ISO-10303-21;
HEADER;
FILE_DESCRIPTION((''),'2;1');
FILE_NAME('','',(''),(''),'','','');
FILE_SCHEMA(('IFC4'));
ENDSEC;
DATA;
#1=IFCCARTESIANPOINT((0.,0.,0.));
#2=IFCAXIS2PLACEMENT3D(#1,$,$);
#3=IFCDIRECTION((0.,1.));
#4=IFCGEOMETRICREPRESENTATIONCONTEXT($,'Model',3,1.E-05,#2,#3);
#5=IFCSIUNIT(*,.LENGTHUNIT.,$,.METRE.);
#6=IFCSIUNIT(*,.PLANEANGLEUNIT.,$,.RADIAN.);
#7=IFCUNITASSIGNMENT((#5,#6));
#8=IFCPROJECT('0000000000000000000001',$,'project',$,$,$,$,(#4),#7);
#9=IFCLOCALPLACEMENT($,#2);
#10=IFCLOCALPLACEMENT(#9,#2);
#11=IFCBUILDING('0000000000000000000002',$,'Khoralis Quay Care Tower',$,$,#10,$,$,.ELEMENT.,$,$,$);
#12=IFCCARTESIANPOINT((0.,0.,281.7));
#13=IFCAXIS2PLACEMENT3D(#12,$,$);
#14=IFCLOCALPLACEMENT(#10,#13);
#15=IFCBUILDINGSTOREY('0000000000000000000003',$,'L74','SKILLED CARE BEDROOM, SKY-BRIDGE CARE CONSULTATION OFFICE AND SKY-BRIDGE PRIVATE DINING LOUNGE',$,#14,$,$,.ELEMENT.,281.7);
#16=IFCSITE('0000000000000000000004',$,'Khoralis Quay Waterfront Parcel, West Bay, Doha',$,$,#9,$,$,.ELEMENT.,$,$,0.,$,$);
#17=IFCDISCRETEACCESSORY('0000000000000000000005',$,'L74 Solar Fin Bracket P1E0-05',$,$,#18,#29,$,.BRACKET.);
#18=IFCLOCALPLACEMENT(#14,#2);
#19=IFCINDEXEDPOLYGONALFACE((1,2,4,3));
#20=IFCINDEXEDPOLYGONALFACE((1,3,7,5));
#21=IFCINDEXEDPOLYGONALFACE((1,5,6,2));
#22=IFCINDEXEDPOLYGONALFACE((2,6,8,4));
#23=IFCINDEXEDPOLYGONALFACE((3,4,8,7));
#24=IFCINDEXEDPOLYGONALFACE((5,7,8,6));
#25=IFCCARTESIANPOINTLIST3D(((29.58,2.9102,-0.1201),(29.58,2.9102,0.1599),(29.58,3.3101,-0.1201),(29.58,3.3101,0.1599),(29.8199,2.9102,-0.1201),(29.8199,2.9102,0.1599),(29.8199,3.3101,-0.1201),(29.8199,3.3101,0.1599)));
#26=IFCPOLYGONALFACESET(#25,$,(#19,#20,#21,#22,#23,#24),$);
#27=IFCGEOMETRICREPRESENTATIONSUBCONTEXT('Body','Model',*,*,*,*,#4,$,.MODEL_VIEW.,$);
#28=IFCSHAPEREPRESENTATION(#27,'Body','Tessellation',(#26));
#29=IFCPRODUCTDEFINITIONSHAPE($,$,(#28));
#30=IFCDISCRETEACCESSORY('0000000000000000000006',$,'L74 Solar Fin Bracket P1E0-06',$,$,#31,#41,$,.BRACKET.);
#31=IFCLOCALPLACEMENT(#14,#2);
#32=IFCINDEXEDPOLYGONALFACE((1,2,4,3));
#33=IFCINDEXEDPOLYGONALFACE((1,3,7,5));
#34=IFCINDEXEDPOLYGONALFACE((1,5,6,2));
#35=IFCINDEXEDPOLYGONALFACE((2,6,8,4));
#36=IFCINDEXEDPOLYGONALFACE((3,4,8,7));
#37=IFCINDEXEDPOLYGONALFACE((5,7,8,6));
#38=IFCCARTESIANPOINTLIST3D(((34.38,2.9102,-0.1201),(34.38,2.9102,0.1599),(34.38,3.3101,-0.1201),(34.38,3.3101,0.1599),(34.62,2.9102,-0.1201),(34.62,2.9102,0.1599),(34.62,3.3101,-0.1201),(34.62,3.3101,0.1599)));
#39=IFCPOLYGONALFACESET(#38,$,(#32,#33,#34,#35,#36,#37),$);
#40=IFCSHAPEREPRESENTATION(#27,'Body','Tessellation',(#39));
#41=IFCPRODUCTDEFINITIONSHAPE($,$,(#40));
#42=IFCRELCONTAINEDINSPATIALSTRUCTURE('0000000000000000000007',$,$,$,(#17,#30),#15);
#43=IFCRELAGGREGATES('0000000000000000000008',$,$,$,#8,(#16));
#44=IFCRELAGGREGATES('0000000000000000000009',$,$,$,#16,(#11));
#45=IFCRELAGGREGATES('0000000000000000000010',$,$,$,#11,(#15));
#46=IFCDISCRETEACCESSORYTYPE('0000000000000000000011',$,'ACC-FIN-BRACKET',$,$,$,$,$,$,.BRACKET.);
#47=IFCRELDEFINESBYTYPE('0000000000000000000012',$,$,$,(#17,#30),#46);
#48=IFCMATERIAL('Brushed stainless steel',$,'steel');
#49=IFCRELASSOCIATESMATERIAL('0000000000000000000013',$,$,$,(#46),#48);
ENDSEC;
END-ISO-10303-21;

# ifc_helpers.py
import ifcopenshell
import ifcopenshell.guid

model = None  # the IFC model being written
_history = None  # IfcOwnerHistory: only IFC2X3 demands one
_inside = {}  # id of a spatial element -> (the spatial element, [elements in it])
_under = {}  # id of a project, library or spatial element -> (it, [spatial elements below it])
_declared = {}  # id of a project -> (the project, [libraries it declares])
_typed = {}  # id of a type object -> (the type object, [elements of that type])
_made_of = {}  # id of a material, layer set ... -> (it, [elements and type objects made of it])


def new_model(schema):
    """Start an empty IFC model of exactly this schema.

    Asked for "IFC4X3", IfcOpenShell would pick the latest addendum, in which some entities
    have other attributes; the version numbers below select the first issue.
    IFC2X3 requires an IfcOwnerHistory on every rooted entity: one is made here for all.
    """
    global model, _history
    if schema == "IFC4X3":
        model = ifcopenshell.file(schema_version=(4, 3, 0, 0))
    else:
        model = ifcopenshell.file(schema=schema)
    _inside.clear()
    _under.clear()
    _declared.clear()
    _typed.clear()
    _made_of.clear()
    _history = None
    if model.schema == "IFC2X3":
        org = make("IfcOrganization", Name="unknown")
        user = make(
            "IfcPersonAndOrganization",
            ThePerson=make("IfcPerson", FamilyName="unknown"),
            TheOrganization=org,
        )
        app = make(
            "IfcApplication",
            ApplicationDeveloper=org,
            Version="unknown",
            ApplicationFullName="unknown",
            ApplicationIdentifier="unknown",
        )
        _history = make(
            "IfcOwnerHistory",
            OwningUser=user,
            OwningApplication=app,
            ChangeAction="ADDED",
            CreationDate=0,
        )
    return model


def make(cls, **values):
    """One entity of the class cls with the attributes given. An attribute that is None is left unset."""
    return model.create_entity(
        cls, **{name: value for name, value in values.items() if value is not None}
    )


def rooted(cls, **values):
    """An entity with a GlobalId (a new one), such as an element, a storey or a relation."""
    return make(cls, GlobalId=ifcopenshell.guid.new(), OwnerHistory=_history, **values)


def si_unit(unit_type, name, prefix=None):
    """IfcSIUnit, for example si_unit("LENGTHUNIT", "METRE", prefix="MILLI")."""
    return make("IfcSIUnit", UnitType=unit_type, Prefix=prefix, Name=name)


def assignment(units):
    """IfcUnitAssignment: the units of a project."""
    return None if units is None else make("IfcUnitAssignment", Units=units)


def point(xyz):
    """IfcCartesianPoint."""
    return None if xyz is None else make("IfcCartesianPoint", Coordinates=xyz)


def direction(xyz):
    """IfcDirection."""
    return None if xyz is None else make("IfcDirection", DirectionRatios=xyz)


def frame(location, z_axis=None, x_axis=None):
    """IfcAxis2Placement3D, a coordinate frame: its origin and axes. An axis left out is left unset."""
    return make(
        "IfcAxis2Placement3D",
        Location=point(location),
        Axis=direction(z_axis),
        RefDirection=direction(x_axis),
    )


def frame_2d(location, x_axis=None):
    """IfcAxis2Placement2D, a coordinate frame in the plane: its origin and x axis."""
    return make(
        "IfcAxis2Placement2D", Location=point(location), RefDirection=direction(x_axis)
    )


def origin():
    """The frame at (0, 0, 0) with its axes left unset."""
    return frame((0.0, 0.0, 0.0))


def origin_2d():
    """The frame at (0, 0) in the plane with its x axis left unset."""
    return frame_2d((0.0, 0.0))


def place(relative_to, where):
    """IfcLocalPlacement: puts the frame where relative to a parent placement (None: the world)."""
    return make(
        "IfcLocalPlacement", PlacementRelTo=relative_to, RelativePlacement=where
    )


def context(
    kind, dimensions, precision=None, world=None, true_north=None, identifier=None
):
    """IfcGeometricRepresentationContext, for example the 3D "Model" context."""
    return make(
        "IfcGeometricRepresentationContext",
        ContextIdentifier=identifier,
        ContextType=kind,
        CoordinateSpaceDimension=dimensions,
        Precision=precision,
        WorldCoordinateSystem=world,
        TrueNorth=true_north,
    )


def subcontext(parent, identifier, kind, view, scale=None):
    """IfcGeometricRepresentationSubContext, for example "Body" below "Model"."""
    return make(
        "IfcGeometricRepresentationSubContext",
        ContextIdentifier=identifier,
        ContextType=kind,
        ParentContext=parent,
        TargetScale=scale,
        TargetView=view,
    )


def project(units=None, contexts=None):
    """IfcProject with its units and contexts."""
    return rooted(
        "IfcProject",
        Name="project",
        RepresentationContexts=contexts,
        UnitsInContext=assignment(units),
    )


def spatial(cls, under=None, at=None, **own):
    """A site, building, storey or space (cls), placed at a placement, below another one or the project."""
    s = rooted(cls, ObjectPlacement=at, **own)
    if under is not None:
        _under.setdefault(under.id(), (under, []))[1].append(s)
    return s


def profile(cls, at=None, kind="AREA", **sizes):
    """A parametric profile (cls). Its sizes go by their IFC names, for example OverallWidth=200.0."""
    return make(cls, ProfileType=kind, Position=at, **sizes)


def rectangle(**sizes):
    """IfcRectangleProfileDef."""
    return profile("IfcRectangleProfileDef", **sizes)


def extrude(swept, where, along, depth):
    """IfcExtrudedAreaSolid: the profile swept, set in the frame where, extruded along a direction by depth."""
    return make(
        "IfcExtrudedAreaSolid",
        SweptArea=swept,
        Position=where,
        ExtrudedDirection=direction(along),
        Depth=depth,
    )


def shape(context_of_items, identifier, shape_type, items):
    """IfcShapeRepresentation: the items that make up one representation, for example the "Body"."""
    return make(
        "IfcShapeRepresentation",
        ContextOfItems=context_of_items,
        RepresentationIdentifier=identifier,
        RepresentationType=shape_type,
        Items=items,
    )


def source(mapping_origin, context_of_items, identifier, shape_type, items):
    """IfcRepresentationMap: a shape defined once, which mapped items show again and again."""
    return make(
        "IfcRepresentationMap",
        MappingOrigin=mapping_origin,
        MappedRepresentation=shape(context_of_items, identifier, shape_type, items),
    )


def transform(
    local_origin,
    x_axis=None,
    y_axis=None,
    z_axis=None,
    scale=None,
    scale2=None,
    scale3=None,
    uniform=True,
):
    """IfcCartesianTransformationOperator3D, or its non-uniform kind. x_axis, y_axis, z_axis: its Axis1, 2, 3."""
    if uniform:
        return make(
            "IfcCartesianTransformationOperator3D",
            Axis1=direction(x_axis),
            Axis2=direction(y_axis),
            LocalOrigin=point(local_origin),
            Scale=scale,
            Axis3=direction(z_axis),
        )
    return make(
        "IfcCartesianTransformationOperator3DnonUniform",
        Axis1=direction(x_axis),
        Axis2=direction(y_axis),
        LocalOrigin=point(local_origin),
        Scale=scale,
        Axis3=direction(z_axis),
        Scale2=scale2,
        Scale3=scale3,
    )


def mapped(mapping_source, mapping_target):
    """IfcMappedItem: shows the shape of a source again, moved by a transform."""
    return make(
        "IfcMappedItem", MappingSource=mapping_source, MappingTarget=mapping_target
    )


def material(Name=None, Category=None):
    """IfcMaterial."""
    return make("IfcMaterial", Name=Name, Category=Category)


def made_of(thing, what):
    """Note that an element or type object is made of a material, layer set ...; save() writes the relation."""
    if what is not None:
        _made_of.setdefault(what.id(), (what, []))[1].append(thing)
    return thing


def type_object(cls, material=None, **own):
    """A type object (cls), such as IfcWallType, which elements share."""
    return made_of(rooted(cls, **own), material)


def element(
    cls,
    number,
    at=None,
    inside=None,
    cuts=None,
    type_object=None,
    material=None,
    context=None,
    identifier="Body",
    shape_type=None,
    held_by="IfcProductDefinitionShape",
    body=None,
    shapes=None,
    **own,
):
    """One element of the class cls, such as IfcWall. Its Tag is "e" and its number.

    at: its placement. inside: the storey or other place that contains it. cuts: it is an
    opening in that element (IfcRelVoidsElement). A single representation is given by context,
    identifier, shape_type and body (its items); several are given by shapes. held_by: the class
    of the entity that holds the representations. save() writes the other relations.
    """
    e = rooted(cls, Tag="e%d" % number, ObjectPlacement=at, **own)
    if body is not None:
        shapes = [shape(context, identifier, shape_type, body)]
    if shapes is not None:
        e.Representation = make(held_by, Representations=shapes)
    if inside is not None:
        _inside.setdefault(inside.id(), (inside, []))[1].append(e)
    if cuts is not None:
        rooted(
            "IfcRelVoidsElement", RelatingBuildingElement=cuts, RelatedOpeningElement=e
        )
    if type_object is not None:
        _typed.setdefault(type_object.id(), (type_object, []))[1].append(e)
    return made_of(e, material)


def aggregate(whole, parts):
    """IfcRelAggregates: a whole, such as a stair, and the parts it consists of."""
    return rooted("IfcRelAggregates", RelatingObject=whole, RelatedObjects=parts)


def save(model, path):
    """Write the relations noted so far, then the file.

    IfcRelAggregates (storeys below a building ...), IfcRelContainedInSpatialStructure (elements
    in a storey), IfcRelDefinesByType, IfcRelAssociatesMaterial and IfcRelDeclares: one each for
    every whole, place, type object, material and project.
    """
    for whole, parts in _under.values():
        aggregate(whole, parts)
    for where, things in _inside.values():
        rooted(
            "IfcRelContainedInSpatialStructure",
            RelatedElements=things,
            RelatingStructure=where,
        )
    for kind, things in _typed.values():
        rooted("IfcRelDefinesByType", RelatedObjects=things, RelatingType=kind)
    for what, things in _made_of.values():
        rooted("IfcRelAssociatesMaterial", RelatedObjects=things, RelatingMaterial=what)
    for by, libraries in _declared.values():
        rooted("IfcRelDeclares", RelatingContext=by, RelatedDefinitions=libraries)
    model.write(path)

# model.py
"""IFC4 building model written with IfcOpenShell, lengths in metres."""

from ifc_helpers import new_model, si_unit, direction, frame, origin, origin_2d, place, context, subcontext, project, spatial, rectangle, extrude, source, transform, mapped, material, type_object, element, save


model = new_model("IFC4")

# Units and contexts
model_context = context("Model", 3, precision=1e-05, world=origin(), true_north=direction((0.0, 1.0)))
body_context = subcontext(model_context, "Body", "Model", "MODEL_VIEW")
ifc_project = project(units=[si_unit("LENGTHUNIT", "METRE"), si_unit("PLANEANGLEUNIT", "RADIAN")], contexts=[model_context])

# Site, building, storey
site_placement = place(None, origin())
site = spatial("IfcSite", under=ifc_project, at=site_placement, Name="Khoralis Quay Waterfront Parcel, West Bay, Doha", CompositionType="ELEMENT", RefElevation=0.0)
building_placement = place(site_placement, origin())
building = spatial("IfcBuilding", under=site, at=building_placement, Name="Khoralis Quay Care Tower", CompositionType="ELEMENT")
storey_placement = place(building_placement, frame((0.0, 0.0, 281.7)))
storey = spatial("IfcBuildingStorey", under=building, at=storey_placement, Name="L74", Description="SKILLED CARE BEDROOM, SKY-BRIDGE CARE CONSULTATION OFFICE AND SKY-BRIDGE PRIVATE DINING LOUNGE", CompositionType="ELEMENT", Elevation=281.7)

# Discrete accessories
ifc_material_1 = material(Name="Brushed stainless steel", Category="steel")
discrete_accessory_type = type_object("IfcDiscreteAccessoryType", Name="ACC-FIN-BRACKET", PredefinedType="BRACKET", material=ifc_material_1)
shared_shape_1 = source(origin(), body_context, "Body", "SweptSolid", [
    extrude(rectangle(XDim=0.3999, YDim=0.24, at=origin_2d()), origin(), (0.0, 0.0, 1.0), 0.28),
])
for number, where, z_axis, x_axis, name in (
    (1, (29.7, 3.1101, -0.1201), (0.0, 0.0, 1.0), (0.0, -1.0, 0.0), "L74 Solar Fin Bracket P1E0-05"),
    (2, (34.5, 3.1101, -0.1201), (0.0, 0.0, 1.0), (0.0, -1.0, 0.0), "L74 Solar Fin Bracket P1E0-06"),
):
    element("IfcDiscreteAccessory", number, at=place(storey_placement, frame(where, z_axis=z_axis, x_axis=x_axis)), inside=storey, type_object=discrete_accessory_type, Name=name, PredefinedType="BRACKET", context=body_context, shape_type="MappedRepresentation", body=[
        mapped(shared_shape_1, transform((0.0, 0.0, 0.0), scale=1.0)),
    ])

save(model, "model.ifc")
